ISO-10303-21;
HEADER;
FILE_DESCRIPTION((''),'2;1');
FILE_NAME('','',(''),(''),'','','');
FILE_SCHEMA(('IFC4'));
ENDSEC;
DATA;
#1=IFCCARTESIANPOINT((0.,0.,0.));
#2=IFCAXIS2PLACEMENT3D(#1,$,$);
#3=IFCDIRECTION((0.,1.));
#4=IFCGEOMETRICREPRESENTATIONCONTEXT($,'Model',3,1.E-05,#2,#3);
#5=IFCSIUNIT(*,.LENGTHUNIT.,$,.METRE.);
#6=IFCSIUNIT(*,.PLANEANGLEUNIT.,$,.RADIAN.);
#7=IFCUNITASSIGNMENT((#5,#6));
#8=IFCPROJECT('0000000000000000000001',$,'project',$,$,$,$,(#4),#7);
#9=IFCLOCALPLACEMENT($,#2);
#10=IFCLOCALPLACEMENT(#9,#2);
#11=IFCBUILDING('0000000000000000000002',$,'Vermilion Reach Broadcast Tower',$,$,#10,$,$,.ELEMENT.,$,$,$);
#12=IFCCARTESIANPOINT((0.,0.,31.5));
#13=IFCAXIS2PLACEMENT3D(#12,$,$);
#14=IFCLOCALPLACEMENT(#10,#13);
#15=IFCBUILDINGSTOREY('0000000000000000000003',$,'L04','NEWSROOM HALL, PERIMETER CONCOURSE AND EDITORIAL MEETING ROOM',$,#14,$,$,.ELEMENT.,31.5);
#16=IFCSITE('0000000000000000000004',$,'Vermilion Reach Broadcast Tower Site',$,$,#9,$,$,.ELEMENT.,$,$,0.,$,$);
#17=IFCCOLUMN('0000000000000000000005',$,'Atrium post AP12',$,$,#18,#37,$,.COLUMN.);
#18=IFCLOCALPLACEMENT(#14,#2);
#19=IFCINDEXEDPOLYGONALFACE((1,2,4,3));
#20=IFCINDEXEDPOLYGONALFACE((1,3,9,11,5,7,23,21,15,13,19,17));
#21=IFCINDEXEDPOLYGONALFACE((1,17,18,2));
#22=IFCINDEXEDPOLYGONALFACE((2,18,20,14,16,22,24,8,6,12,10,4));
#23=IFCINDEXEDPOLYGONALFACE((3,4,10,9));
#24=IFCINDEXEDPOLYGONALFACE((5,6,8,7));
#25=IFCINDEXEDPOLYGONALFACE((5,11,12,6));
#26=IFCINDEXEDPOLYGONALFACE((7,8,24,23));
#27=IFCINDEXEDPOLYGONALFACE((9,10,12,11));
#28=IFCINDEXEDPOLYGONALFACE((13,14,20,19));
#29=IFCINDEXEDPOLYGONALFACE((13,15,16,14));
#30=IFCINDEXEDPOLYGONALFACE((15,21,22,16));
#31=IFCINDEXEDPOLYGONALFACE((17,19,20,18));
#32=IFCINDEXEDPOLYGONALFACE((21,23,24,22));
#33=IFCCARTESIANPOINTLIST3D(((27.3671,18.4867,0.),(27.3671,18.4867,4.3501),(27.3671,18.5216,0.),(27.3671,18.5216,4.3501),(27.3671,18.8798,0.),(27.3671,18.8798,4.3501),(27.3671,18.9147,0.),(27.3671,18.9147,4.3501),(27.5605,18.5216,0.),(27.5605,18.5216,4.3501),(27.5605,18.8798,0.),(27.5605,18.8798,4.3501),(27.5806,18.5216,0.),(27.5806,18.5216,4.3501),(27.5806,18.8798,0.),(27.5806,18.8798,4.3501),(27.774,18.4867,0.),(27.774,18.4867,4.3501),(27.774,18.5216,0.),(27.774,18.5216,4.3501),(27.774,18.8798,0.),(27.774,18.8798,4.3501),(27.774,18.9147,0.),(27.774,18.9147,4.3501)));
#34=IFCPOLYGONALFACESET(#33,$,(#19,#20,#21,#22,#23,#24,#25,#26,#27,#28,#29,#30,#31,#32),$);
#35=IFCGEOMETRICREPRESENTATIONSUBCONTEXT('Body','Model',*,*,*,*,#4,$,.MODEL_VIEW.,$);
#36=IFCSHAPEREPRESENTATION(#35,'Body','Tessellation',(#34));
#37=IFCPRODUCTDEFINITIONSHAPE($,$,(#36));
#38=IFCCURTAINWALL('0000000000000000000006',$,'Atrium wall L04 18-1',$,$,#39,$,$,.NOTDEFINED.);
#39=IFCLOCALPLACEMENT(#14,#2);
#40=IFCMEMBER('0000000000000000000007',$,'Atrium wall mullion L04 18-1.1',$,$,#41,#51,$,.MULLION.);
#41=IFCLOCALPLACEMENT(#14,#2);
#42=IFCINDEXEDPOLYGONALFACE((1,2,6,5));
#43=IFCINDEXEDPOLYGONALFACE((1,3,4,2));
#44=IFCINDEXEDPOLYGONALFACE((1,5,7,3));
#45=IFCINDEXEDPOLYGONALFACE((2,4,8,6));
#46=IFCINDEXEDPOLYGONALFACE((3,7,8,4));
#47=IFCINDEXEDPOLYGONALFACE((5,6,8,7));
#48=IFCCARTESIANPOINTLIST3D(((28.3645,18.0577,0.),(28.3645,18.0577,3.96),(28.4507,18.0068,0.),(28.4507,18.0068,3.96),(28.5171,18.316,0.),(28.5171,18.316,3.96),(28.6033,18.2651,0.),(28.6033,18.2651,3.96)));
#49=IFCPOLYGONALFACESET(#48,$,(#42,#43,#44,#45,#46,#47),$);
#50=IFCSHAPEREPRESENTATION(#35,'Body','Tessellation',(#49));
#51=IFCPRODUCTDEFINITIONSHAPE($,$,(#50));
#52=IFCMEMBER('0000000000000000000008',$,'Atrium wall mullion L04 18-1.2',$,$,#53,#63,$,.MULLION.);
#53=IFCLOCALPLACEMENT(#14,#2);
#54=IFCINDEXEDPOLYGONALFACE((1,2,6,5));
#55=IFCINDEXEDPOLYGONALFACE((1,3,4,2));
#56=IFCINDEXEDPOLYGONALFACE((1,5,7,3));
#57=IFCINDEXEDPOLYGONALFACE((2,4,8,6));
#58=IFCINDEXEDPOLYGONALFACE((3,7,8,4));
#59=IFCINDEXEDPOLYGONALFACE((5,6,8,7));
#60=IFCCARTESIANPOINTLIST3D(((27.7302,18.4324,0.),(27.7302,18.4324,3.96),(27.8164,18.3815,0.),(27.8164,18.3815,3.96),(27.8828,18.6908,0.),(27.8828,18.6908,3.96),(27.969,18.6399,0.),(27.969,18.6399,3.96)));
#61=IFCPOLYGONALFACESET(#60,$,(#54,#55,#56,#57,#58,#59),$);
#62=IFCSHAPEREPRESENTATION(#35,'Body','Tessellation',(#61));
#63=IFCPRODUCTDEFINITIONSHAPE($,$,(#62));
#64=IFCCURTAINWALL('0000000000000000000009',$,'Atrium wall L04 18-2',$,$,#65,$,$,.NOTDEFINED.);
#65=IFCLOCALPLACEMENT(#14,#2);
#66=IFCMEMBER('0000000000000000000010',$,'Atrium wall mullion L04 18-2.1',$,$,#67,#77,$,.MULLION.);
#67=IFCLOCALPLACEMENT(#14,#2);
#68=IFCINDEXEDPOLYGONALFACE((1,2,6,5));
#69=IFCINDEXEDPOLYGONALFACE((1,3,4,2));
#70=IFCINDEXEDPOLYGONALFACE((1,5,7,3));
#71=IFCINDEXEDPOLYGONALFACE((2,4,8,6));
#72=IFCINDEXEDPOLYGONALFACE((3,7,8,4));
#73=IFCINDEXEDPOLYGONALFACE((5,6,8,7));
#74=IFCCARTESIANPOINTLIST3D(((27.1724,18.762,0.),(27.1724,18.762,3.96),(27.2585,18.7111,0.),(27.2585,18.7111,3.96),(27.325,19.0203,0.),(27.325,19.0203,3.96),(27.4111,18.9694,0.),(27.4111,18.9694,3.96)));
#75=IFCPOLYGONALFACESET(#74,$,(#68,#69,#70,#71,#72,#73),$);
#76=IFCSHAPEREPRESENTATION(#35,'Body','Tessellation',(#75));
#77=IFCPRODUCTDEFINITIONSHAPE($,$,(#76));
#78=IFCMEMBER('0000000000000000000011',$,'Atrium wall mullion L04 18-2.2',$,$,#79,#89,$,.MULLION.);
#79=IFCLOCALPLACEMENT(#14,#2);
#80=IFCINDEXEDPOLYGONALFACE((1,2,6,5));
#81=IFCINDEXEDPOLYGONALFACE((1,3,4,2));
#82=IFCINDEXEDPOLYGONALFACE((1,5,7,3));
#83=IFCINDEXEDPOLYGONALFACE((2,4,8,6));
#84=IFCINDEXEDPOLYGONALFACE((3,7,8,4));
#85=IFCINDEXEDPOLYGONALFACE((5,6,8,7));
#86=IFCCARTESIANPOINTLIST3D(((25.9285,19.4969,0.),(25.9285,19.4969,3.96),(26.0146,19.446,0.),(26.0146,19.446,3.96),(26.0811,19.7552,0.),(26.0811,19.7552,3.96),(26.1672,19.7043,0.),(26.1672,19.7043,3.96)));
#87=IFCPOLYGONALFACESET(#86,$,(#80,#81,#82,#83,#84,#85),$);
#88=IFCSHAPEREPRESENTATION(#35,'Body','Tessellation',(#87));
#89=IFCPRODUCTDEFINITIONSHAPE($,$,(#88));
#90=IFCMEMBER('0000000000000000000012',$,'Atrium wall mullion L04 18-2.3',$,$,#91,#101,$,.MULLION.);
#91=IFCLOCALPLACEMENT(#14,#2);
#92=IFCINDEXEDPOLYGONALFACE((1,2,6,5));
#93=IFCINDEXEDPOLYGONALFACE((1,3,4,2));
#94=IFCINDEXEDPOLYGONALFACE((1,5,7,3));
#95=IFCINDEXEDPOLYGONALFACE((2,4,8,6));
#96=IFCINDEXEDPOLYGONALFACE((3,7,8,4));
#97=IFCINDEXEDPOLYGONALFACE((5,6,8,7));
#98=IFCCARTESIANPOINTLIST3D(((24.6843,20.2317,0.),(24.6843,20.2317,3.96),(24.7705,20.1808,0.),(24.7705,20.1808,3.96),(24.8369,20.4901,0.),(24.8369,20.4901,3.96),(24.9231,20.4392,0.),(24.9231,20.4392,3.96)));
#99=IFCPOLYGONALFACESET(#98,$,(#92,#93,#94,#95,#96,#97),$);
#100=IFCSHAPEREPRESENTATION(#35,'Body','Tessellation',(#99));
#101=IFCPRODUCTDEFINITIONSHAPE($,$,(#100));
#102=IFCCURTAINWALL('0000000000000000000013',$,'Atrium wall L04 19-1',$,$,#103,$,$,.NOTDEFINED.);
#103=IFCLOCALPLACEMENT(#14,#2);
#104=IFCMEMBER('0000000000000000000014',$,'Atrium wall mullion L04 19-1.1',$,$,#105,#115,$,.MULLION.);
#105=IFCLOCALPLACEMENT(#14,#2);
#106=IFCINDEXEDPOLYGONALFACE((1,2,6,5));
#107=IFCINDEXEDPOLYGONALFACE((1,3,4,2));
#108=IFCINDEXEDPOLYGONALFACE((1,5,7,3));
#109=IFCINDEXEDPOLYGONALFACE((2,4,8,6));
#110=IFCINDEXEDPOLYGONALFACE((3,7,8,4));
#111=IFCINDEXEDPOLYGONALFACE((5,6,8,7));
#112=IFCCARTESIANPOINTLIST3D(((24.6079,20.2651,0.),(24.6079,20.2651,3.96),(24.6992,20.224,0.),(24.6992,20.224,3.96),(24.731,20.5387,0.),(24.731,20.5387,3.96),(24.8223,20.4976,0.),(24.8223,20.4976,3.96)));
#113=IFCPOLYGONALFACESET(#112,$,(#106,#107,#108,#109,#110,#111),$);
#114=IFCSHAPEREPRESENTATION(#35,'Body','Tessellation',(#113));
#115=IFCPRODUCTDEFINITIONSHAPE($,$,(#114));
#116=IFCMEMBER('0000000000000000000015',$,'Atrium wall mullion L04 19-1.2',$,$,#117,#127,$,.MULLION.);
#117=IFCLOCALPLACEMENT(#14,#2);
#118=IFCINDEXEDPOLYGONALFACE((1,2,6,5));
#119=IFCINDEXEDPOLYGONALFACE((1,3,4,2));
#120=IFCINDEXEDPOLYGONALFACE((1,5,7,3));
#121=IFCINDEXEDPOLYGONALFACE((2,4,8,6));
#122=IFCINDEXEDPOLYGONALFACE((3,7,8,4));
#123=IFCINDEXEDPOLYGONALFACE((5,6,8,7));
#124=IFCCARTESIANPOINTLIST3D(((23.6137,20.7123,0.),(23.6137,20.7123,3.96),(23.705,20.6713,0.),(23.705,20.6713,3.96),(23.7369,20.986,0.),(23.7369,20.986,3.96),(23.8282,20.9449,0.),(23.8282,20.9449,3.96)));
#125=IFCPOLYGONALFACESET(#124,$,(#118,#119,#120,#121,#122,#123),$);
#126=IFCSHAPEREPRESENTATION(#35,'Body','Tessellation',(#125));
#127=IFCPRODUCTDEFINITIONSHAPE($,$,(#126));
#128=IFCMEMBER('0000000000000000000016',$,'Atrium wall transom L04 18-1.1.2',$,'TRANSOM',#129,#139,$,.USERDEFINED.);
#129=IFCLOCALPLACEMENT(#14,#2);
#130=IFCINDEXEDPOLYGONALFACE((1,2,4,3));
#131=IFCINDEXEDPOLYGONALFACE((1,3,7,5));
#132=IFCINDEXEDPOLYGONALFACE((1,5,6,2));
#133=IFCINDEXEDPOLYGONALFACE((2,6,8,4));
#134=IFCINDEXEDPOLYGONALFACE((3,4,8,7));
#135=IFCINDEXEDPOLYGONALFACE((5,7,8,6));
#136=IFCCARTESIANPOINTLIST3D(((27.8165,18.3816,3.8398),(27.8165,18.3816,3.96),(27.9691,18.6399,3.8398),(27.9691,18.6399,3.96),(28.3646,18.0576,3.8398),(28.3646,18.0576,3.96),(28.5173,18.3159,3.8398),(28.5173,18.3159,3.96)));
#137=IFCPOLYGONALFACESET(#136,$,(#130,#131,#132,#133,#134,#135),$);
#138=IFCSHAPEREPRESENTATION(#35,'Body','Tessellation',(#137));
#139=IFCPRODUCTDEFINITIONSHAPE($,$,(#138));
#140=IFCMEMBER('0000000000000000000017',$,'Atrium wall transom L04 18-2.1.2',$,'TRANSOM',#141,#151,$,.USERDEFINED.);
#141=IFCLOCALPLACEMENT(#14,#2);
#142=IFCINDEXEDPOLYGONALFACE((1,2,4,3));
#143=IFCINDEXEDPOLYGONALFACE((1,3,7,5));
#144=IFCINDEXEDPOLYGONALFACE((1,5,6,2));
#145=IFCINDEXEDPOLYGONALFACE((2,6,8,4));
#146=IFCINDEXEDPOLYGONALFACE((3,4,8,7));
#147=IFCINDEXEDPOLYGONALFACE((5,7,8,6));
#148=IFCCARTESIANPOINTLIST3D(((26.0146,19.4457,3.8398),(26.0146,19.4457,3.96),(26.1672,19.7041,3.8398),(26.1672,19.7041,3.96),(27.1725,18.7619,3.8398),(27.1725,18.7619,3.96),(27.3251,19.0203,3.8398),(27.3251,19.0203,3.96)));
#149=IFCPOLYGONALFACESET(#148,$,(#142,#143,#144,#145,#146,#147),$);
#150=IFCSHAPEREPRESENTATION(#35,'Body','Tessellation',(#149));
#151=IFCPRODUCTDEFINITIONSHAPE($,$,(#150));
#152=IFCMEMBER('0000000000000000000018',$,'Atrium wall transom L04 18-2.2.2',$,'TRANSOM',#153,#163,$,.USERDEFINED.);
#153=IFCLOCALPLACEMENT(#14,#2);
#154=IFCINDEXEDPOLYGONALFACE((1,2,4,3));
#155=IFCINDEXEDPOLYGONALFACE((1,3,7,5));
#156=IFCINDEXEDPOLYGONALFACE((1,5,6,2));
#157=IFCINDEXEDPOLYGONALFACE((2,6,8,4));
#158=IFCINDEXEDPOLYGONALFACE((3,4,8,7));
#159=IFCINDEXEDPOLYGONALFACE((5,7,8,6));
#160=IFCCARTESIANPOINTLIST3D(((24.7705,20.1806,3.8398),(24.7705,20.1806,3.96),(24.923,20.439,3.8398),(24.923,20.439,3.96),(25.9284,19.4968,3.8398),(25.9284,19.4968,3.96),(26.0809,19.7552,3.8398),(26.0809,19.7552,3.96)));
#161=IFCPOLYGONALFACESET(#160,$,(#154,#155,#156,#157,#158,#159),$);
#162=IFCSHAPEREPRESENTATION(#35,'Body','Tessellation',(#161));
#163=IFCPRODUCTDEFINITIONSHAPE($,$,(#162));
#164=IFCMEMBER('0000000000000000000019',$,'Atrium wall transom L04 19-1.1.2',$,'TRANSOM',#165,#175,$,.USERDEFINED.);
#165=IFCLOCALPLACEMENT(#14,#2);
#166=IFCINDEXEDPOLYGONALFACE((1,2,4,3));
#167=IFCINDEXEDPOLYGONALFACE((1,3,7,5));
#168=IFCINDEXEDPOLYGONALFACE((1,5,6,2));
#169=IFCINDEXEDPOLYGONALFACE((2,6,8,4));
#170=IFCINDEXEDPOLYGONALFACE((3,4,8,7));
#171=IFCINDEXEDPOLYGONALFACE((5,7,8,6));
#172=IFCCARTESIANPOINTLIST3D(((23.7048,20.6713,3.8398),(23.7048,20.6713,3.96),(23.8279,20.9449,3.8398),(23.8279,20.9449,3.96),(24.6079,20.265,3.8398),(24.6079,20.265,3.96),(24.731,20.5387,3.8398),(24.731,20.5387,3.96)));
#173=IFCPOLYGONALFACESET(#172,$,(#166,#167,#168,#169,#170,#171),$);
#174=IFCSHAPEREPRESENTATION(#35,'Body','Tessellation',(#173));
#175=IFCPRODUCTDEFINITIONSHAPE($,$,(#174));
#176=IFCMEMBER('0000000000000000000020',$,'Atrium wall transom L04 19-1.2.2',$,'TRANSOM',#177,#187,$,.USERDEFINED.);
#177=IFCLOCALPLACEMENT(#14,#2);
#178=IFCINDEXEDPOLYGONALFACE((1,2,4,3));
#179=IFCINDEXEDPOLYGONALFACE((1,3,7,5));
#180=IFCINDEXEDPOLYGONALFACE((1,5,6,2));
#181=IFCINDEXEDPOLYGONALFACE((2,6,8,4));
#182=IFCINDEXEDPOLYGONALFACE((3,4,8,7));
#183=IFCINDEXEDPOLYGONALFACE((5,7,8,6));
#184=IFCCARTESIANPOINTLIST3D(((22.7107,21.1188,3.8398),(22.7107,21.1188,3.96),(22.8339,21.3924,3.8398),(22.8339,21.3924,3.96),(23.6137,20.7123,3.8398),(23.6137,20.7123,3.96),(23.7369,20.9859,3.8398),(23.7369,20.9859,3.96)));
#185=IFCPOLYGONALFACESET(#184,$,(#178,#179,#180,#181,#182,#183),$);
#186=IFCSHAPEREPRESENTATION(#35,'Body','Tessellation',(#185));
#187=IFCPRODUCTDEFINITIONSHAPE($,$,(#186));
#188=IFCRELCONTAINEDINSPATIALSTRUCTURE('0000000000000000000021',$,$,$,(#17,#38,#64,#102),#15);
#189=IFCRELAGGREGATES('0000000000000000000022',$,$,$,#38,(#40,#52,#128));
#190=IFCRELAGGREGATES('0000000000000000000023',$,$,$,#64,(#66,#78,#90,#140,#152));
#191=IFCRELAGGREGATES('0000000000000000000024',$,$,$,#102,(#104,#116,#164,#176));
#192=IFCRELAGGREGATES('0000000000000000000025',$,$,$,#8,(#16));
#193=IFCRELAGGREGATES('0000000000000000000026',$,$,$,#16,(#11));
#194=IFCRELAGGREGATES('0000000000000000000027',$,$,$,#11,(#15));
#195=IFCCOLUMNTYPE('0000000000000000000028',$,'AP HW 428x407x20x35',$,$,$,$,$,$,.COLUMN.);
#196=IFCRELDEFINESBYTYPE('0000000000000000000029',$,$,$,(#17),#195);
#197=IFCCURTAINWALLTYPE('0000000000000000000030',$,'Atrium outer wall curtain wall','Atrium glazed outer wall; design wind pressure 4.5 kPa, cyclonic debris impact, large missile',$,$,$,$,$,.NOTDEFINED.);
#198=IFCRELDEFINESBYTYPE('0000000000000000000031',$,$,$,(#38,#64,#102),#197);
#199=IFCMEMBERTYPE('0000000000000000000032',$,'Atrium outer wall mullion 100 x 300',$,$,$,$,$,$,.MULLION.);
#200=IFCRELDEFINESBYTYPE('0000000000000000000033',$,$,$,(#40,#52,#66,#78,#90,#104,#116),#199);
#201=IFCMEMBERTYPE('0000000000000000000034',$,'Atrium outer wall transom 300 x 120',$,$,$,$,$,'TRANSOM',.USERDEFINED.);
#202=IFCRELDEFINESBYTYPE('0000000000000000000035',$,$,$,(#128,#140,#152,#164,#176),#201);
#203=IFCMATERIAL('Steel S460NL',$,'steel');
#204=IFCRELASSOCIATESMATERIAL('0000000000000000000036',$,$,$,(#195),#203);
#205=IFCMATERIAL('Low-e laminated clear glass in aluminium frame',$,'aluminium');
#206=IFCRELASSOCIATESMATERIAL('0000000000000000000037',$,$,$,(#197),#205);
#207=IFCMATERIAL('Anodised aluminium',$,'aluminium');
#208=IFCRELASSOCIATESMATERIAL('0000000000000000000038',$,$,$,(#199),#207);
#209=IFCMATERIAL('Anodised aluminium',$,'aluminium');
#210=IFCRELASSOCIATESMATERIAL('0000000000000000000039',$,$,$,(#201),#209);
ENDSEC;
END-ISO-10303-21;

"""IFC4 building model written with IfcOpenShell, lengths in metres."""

from ifc_helpers import new_model, si_unit, direction, frame, origin, origin_2d, place, context, subcontext, project, spatial, rectangle, i_section, extrude, material, material_profile, profile_set, type_object, element, aggregate, save


model = new_model("IFC4")

# Units and contexts
model_context = context("Model", 3, precision=1e-05, world=origin(), true_north=direction((0.0, 1.0)))
body_context = subcontext(model_context, "Body", "Model", "MODEL_VIEW")
ifc_project = project(units=[si_unit("LENGTHUNIT", "METRE"), si_unit("PLANEANGLEUNIT", "RADIAN")], contexts=[model_context])

# Site, building, storey
site_placement = place(None, origin())
site = spatial("IfcSite", under=ifc_project, at=site_placement, Name="Vermilion Reach Broadcast Tower Site", CompositionType="ELEMENT", RefElevation=0.0)
building_placement = place(site_placement, origin())
building = spatial("IfcBuilding", under=site, at=building_placement, Name="Vermilion Reach Broadcast Tower", CompositionType="ELEMENT")
storey_placement = place(building_placement, frame((0.0, 0.0, 31.5)))
storey = spatial("IfcBuildingStorey", under=building, at=storey_placement, Name="L04", Description="NEWSROOM HALL, PERIMETER CONCOURSE AND EDITORIAL MEETING ROOM", CompositionType="ELEMENT", Elevation=31.5)

# Column
ifc_material_1 = material(Name="Steel S460NL", Category="steel")
ifc_material_profile_1 = material_profile(ifc_material_1, i_section(OverallWidth=0.407, OverallDepth=0.428, WebThickness=0.02, FlangeThickness=0.0349, at=origin_2d()), Name="S460NL HW 428x407x20x35")
ifc_profile_set_1 = profile_set([ifc_material_profile_1], Name="Steel S460NL")
column_type = type_object("IfcColumnType", Name="AP HW 428x407x20x35", PredefinedType="COLUMN", material=ifc_profile_set_1)
column_placement = place(storey_placement, frame((27.5706, 18.7007, 0.0), z_axis=(0.0, 0.0, 1.0), x_axis=(1.0, 0.0, 0.0)))
element("IfcColumn", 1, at=column_placement, inside=storey, type_object=column_type, Name="Atrium post AP12", PredefinedType="COLUMN", context=body_context, shape_type="SweptSolid", body=[
    extrude(i_section(OverallWidth=0.407, OverallDepth=0.428, WebThickness=0.02, FlangeThickness=0.0349, at=origin_2d()), origin(), (0.0, 0.0, 1.0), 4.3501),
])

# Curtain walls, members
ifc_material_2 = material(Name="Low-e laminated clear glass in aluminium frame", Category="aluminium")
curtain_wall_type = type_object("IfcCurtainWallType", Name="Atrium outer wall curtain wall", Description="Atrium glazed outer wall; design wind pressure 4.5 kPa, cyclonic debris impact, large missile", PredefinedType="NOTDEFINED", material=ifc_material_2)
placement = place(storey_placement, origin())
curtain_wall_1 = element("IfcCurtainWall", 2, at=placement, inside=storey, type_object=curtain_wall_type, Name="Atrium wall L04 18-1", PredefinedType="NOTDEFINED")
ifc_material_3 = material(Name="Anodised aluminium", Category="aluminium")
ifc_material_profile_2 = material_profile(ifc_material_3, rectangle(XDim=0.3, YDim=0.1001, at=origin_2d()), Name="Atrium outer wall mullion 100 x 300")
ifc_profile_set_2 = profile_set([ifc_material_profile_2], Name="Anodised aluminium")
member_type_1 = type_object("IfcMemberType", Name="Atrium outer wall mullion 100 x 300", PredefinedType="MULLION", material=ifc_profile_set_2)
member_1_placement = place(storey_placement, frame((28.4839, 18.1614, 0.0), z_axis=(0.0, 0.0, 1.0), x_axis=(-0.50859, -0.861009, 0.0)))
member_1 = element("IfcMember", 3, at=member_1_placement, type_object=member_type_1, Name="Atrium wall mullion L04 18-1.1", PredefinedType="MULLION", context=body_context, shape_type="SweptSolid", body=[
    extrude(rectangle(XDim=0.3, YDim=0.1001, at=origin_2d()), origin(), (0.0, 0.0, 1.0), 3.96),
])
member_2_placement = place(storey_placement, frame((27.8496, 18.5361, 0.0), z_axis=(0.0, 0.0, 1.0), x_axis=(-0.50859, -0.861009, 0.0)))
member_2 = element("IfcMember", 4, at=member_2_placement, type_object=member_type_1, Name="Atrium wall mullion L04 18-1.2", PredefinedType="MULLION", context=body_context, shape_type="SweptSolid", body=[
    extrude(rectangle(XDim=0.3, YDim=0.1001, at=origin_2d()), origin(), (0.0, 0.0, 1.0), 3.96),
])
curtain_wall_2 = element("IfcCurtainWall", 5, at=placement, inside=storey, type_object=curtain_wall_type, Name="Atrium wall L04 18-2", PredefinedType="NOTDEFINED")
member_3_placement = place(storey_placement, frame((27.2917, 18.8657, 0.0), z_axis=(0.0, 0.0, 1.0), x_axis=(-0.50859, -0.861009, 0.0)))
member_3 = element("IfcMember", 6, at=member_3_placement, type_object=member_type_1, Name="Atrium wall mullion L04 18-2.1", PredefinedType="MULLION", context=body_context, shape_type="SweptSolid", body=[
    extrude(rectangle(XDim=0.3, YDim=0.1001, at=origin_2d()), origin(), (0.0, 0.0, 1.0), 3.96),
])
member_4_placement = place(storey_placement, frame((26.0479, 19.6006, 0.0), z_axis=(0.0, 0.0, 1.0), x_axis=(-0.50859, -0.861009, 0.0)))
member_4 = element("IfcMember", 7, at=member_4_placement, type_object=member_type_1, Name="Atrium wall mullion L04 18-2.2", PredefinedType="MULLION", context=body_context, shape_type="SweptSolid", body=[
    extrude(rectangle(XDim=0.3, YDim=0.1001, at=origin_2d()), origin(), (0.0, 0.0, 1.0), 3.96),
])
member_5_placement = place(storey_placement, frame((24.8037, 20.3354, 0.0), z_axis=(0.0, 0.0, 1.0), x_axis=(-0.50859, -0.861009, 0.0)))
member_5 = element("IfcMember", 8, at=member_5_placement, type_object=member_type_1, Name="Atrium wall mullion L04 18-2.3", PredefinedType="MULLION", context=body_context, shape_type="SweptSolid", body=[
    extrude(rectangle(XDim=0.3, YDim=0.1001, at=origin_2d()), origin(), (0.0, 0.0, 1.0), 3.96),
])
curtain_wall_3 = element("IfcCurtainWall", 9, at=placement, inside=storey, type_object=curtain_wall_type, Name="Atrium wall L04 19-1", PredefinedType="NOTDEFINED")
member_6_placement = place(storey_placement, frame((24.7151, 20.3813, 0.0), z_axis=(0.0, 0.0, 1.0), x_axis=(-0.410408, -0.911902, 0.0)))
member_6 = element("IfcMember", 10, at=member_6_placement, type_object=member_type_1, Name="Atrium wall mullion L04 19-1.1", PredefinedType="MULLION", context=body_context, shape_type="SweptSolid", body=[
    extrude(rectangle(XDim=0.3, YDim=0.1001, at=origin_2d()), origin(), (0.0, 0.0, 1.0), 3.96),
])
member_7_placement = place(storey_placement, frame((23.7209, 20.8286, 0.0), z_axis=(0.0, 0.0, 1.0), x_axis=(-0.410408, -0.911902, 0.0)))
member_7 = element("IfcMember", 11, at=member_7_placement, type_object=member_type_1, Name="Atrium wall mullion L04 19-1.2", PredefinedType="MULLION", context=body_context, shape_type="SweptSolid", body=[
    extrude(rectangle(XDim=0.3, YDim=0.1001, at=origin_2d()), origin(), (0.0, 0.0, 1.0), 3.96),
])

# Members
ifc_material_4 = material(Name="Anodised aluminium", Category="aluminium")
ifc_material_profile_3 = material_profile(ifc_material_4, rectangle(XDim=0.3, YDim=0.1201, at=origin_2d()), Name="Atrium outer wall transom 300 x 120")
ifc_profile_set_3 = profile_set([ifc_material_profile_3], Name="Anodised aluminium")
member_type_2 = type_object("IfcMemberType", Name="Atrium outer wall transom 300 x 120", ElementType="TRANSOM", PredefinedType="USERDEFINED", material=ifc_profile_set_3)
member_8_placement = place(storey_placement, frame((28.4409, 18.1868, 3.8999), z_axis=(-0.860858, 0.508846, 0.0), x_axis=(-0.508846, -0.860858, 0.0)))
member_8 = element("IfcMember", 12, at=member_8_placement, type_object=member_type_2, Name="Atrium wall transom L04 18-1.1.2", ObjectType="TRANSOM", PredefinedType="USERDEFINED", context=body_context, shape_type="SweptSolid", body=[
    extrude(rectangle(XDim=0.3, YDim=0.1201, at=origin_2d()), origin(), (0.0, 0.0, 1.0), 0.6367),
])
member_9_placement = place(storey_placement, frame((27.2488, 18.8911, 3.8999), z_axis=(-0.86106, 0.508503, 0.0), x_axis=(-0.508503, -0.86106, 0.0)))
member_9 = element("IfcMember", 13, at=member_9_placement, type_object=member_type_2, Name="Atrium wall transom L04 18-2.1.2", ObjectType="TRANSOM", PredefinedType="USERDEFINED", context=body_context, shape_type="SweptSolid", body=[
    extrude(rectangle(XDim=0.3, YDim=0.1201, at=origin_2d()), origin(), (0.0, 0.0, 1.0), 1.3447),
])
member_10_placement = place(storey_placement, frame((26.0046, 19.626, 3.8999), z_axis=(-0.86106, 0.508503, 0.0), x_axis=(-0.508503, -0.86106, 0.0)))
member_10 = element("IfcMember", 14, at=member_10_placement, type_object=member_type_2, Name="Atrium wall transom L04 18-2.2.2", ObjectType="TRANSOM", PredefinedType="USERDEFINED", context=body_context, shape_type="SweptSolid", body=[
    extrude(rectangle(XDim=0.3, YDim=0.1201, at=origin_2d()), origin(), (0.0, 0.0, 1.0), 1.3447),
])
member_11_placement = place(storey_placement, frame((24.6694, 20.4019, 3.8999), z_axis=(-0.911972, 0.410252, 0.0), x_axis=(-0.410252, -0.911972, 0.0)))
member_11 = element("IfcMember", 15, at=member_11_placement, type_object=member_type_2, Name="Atrium wall transom L04 19-1.1.2", ObjectType="TRANSOM", PredefinedType="USERDEFINED", context=body_context, shape_type="SweptSolid", body=[
    extrude(rectangle(XDim=0.3, YDim=0.1201, at=origin_2d()), origin(), (0.0, 0.0, 1.0), 0.9902),
])
member_12_placement = place(storey_placement, frame((23.6753, 20.8491, 3.8999), z_axis=(-0.91188, 0.410457, 0.0), x_axis=(-0.410457, -0.91188, 0.0)))
member_12 = element("IfcMember", 16, at=member_12_placement, type_object=member_type_2, Name="Atrium wall transom L04 19-1.2.2", ObjectType="TRANSOM", PredefinedType="USERDEFINED", context=body_context, shape_type="SweptSolid", body=[
    extrude(rectangle(XDim=0.3, YDim=0.1201, at=origin_2d()), origin(), (0.0, 0.0, 1.0), 0.9902),
])

aggregate(curtain_wall_1, [member_1, member_2, member_8])
aggregate(curtain_wall_2, [member_3, member_4, member_5, member_9, member_10])
aggregate(curtain_wall_3, [member_6, member_7, member_11, member_12])

save(model, "model.ifc")
